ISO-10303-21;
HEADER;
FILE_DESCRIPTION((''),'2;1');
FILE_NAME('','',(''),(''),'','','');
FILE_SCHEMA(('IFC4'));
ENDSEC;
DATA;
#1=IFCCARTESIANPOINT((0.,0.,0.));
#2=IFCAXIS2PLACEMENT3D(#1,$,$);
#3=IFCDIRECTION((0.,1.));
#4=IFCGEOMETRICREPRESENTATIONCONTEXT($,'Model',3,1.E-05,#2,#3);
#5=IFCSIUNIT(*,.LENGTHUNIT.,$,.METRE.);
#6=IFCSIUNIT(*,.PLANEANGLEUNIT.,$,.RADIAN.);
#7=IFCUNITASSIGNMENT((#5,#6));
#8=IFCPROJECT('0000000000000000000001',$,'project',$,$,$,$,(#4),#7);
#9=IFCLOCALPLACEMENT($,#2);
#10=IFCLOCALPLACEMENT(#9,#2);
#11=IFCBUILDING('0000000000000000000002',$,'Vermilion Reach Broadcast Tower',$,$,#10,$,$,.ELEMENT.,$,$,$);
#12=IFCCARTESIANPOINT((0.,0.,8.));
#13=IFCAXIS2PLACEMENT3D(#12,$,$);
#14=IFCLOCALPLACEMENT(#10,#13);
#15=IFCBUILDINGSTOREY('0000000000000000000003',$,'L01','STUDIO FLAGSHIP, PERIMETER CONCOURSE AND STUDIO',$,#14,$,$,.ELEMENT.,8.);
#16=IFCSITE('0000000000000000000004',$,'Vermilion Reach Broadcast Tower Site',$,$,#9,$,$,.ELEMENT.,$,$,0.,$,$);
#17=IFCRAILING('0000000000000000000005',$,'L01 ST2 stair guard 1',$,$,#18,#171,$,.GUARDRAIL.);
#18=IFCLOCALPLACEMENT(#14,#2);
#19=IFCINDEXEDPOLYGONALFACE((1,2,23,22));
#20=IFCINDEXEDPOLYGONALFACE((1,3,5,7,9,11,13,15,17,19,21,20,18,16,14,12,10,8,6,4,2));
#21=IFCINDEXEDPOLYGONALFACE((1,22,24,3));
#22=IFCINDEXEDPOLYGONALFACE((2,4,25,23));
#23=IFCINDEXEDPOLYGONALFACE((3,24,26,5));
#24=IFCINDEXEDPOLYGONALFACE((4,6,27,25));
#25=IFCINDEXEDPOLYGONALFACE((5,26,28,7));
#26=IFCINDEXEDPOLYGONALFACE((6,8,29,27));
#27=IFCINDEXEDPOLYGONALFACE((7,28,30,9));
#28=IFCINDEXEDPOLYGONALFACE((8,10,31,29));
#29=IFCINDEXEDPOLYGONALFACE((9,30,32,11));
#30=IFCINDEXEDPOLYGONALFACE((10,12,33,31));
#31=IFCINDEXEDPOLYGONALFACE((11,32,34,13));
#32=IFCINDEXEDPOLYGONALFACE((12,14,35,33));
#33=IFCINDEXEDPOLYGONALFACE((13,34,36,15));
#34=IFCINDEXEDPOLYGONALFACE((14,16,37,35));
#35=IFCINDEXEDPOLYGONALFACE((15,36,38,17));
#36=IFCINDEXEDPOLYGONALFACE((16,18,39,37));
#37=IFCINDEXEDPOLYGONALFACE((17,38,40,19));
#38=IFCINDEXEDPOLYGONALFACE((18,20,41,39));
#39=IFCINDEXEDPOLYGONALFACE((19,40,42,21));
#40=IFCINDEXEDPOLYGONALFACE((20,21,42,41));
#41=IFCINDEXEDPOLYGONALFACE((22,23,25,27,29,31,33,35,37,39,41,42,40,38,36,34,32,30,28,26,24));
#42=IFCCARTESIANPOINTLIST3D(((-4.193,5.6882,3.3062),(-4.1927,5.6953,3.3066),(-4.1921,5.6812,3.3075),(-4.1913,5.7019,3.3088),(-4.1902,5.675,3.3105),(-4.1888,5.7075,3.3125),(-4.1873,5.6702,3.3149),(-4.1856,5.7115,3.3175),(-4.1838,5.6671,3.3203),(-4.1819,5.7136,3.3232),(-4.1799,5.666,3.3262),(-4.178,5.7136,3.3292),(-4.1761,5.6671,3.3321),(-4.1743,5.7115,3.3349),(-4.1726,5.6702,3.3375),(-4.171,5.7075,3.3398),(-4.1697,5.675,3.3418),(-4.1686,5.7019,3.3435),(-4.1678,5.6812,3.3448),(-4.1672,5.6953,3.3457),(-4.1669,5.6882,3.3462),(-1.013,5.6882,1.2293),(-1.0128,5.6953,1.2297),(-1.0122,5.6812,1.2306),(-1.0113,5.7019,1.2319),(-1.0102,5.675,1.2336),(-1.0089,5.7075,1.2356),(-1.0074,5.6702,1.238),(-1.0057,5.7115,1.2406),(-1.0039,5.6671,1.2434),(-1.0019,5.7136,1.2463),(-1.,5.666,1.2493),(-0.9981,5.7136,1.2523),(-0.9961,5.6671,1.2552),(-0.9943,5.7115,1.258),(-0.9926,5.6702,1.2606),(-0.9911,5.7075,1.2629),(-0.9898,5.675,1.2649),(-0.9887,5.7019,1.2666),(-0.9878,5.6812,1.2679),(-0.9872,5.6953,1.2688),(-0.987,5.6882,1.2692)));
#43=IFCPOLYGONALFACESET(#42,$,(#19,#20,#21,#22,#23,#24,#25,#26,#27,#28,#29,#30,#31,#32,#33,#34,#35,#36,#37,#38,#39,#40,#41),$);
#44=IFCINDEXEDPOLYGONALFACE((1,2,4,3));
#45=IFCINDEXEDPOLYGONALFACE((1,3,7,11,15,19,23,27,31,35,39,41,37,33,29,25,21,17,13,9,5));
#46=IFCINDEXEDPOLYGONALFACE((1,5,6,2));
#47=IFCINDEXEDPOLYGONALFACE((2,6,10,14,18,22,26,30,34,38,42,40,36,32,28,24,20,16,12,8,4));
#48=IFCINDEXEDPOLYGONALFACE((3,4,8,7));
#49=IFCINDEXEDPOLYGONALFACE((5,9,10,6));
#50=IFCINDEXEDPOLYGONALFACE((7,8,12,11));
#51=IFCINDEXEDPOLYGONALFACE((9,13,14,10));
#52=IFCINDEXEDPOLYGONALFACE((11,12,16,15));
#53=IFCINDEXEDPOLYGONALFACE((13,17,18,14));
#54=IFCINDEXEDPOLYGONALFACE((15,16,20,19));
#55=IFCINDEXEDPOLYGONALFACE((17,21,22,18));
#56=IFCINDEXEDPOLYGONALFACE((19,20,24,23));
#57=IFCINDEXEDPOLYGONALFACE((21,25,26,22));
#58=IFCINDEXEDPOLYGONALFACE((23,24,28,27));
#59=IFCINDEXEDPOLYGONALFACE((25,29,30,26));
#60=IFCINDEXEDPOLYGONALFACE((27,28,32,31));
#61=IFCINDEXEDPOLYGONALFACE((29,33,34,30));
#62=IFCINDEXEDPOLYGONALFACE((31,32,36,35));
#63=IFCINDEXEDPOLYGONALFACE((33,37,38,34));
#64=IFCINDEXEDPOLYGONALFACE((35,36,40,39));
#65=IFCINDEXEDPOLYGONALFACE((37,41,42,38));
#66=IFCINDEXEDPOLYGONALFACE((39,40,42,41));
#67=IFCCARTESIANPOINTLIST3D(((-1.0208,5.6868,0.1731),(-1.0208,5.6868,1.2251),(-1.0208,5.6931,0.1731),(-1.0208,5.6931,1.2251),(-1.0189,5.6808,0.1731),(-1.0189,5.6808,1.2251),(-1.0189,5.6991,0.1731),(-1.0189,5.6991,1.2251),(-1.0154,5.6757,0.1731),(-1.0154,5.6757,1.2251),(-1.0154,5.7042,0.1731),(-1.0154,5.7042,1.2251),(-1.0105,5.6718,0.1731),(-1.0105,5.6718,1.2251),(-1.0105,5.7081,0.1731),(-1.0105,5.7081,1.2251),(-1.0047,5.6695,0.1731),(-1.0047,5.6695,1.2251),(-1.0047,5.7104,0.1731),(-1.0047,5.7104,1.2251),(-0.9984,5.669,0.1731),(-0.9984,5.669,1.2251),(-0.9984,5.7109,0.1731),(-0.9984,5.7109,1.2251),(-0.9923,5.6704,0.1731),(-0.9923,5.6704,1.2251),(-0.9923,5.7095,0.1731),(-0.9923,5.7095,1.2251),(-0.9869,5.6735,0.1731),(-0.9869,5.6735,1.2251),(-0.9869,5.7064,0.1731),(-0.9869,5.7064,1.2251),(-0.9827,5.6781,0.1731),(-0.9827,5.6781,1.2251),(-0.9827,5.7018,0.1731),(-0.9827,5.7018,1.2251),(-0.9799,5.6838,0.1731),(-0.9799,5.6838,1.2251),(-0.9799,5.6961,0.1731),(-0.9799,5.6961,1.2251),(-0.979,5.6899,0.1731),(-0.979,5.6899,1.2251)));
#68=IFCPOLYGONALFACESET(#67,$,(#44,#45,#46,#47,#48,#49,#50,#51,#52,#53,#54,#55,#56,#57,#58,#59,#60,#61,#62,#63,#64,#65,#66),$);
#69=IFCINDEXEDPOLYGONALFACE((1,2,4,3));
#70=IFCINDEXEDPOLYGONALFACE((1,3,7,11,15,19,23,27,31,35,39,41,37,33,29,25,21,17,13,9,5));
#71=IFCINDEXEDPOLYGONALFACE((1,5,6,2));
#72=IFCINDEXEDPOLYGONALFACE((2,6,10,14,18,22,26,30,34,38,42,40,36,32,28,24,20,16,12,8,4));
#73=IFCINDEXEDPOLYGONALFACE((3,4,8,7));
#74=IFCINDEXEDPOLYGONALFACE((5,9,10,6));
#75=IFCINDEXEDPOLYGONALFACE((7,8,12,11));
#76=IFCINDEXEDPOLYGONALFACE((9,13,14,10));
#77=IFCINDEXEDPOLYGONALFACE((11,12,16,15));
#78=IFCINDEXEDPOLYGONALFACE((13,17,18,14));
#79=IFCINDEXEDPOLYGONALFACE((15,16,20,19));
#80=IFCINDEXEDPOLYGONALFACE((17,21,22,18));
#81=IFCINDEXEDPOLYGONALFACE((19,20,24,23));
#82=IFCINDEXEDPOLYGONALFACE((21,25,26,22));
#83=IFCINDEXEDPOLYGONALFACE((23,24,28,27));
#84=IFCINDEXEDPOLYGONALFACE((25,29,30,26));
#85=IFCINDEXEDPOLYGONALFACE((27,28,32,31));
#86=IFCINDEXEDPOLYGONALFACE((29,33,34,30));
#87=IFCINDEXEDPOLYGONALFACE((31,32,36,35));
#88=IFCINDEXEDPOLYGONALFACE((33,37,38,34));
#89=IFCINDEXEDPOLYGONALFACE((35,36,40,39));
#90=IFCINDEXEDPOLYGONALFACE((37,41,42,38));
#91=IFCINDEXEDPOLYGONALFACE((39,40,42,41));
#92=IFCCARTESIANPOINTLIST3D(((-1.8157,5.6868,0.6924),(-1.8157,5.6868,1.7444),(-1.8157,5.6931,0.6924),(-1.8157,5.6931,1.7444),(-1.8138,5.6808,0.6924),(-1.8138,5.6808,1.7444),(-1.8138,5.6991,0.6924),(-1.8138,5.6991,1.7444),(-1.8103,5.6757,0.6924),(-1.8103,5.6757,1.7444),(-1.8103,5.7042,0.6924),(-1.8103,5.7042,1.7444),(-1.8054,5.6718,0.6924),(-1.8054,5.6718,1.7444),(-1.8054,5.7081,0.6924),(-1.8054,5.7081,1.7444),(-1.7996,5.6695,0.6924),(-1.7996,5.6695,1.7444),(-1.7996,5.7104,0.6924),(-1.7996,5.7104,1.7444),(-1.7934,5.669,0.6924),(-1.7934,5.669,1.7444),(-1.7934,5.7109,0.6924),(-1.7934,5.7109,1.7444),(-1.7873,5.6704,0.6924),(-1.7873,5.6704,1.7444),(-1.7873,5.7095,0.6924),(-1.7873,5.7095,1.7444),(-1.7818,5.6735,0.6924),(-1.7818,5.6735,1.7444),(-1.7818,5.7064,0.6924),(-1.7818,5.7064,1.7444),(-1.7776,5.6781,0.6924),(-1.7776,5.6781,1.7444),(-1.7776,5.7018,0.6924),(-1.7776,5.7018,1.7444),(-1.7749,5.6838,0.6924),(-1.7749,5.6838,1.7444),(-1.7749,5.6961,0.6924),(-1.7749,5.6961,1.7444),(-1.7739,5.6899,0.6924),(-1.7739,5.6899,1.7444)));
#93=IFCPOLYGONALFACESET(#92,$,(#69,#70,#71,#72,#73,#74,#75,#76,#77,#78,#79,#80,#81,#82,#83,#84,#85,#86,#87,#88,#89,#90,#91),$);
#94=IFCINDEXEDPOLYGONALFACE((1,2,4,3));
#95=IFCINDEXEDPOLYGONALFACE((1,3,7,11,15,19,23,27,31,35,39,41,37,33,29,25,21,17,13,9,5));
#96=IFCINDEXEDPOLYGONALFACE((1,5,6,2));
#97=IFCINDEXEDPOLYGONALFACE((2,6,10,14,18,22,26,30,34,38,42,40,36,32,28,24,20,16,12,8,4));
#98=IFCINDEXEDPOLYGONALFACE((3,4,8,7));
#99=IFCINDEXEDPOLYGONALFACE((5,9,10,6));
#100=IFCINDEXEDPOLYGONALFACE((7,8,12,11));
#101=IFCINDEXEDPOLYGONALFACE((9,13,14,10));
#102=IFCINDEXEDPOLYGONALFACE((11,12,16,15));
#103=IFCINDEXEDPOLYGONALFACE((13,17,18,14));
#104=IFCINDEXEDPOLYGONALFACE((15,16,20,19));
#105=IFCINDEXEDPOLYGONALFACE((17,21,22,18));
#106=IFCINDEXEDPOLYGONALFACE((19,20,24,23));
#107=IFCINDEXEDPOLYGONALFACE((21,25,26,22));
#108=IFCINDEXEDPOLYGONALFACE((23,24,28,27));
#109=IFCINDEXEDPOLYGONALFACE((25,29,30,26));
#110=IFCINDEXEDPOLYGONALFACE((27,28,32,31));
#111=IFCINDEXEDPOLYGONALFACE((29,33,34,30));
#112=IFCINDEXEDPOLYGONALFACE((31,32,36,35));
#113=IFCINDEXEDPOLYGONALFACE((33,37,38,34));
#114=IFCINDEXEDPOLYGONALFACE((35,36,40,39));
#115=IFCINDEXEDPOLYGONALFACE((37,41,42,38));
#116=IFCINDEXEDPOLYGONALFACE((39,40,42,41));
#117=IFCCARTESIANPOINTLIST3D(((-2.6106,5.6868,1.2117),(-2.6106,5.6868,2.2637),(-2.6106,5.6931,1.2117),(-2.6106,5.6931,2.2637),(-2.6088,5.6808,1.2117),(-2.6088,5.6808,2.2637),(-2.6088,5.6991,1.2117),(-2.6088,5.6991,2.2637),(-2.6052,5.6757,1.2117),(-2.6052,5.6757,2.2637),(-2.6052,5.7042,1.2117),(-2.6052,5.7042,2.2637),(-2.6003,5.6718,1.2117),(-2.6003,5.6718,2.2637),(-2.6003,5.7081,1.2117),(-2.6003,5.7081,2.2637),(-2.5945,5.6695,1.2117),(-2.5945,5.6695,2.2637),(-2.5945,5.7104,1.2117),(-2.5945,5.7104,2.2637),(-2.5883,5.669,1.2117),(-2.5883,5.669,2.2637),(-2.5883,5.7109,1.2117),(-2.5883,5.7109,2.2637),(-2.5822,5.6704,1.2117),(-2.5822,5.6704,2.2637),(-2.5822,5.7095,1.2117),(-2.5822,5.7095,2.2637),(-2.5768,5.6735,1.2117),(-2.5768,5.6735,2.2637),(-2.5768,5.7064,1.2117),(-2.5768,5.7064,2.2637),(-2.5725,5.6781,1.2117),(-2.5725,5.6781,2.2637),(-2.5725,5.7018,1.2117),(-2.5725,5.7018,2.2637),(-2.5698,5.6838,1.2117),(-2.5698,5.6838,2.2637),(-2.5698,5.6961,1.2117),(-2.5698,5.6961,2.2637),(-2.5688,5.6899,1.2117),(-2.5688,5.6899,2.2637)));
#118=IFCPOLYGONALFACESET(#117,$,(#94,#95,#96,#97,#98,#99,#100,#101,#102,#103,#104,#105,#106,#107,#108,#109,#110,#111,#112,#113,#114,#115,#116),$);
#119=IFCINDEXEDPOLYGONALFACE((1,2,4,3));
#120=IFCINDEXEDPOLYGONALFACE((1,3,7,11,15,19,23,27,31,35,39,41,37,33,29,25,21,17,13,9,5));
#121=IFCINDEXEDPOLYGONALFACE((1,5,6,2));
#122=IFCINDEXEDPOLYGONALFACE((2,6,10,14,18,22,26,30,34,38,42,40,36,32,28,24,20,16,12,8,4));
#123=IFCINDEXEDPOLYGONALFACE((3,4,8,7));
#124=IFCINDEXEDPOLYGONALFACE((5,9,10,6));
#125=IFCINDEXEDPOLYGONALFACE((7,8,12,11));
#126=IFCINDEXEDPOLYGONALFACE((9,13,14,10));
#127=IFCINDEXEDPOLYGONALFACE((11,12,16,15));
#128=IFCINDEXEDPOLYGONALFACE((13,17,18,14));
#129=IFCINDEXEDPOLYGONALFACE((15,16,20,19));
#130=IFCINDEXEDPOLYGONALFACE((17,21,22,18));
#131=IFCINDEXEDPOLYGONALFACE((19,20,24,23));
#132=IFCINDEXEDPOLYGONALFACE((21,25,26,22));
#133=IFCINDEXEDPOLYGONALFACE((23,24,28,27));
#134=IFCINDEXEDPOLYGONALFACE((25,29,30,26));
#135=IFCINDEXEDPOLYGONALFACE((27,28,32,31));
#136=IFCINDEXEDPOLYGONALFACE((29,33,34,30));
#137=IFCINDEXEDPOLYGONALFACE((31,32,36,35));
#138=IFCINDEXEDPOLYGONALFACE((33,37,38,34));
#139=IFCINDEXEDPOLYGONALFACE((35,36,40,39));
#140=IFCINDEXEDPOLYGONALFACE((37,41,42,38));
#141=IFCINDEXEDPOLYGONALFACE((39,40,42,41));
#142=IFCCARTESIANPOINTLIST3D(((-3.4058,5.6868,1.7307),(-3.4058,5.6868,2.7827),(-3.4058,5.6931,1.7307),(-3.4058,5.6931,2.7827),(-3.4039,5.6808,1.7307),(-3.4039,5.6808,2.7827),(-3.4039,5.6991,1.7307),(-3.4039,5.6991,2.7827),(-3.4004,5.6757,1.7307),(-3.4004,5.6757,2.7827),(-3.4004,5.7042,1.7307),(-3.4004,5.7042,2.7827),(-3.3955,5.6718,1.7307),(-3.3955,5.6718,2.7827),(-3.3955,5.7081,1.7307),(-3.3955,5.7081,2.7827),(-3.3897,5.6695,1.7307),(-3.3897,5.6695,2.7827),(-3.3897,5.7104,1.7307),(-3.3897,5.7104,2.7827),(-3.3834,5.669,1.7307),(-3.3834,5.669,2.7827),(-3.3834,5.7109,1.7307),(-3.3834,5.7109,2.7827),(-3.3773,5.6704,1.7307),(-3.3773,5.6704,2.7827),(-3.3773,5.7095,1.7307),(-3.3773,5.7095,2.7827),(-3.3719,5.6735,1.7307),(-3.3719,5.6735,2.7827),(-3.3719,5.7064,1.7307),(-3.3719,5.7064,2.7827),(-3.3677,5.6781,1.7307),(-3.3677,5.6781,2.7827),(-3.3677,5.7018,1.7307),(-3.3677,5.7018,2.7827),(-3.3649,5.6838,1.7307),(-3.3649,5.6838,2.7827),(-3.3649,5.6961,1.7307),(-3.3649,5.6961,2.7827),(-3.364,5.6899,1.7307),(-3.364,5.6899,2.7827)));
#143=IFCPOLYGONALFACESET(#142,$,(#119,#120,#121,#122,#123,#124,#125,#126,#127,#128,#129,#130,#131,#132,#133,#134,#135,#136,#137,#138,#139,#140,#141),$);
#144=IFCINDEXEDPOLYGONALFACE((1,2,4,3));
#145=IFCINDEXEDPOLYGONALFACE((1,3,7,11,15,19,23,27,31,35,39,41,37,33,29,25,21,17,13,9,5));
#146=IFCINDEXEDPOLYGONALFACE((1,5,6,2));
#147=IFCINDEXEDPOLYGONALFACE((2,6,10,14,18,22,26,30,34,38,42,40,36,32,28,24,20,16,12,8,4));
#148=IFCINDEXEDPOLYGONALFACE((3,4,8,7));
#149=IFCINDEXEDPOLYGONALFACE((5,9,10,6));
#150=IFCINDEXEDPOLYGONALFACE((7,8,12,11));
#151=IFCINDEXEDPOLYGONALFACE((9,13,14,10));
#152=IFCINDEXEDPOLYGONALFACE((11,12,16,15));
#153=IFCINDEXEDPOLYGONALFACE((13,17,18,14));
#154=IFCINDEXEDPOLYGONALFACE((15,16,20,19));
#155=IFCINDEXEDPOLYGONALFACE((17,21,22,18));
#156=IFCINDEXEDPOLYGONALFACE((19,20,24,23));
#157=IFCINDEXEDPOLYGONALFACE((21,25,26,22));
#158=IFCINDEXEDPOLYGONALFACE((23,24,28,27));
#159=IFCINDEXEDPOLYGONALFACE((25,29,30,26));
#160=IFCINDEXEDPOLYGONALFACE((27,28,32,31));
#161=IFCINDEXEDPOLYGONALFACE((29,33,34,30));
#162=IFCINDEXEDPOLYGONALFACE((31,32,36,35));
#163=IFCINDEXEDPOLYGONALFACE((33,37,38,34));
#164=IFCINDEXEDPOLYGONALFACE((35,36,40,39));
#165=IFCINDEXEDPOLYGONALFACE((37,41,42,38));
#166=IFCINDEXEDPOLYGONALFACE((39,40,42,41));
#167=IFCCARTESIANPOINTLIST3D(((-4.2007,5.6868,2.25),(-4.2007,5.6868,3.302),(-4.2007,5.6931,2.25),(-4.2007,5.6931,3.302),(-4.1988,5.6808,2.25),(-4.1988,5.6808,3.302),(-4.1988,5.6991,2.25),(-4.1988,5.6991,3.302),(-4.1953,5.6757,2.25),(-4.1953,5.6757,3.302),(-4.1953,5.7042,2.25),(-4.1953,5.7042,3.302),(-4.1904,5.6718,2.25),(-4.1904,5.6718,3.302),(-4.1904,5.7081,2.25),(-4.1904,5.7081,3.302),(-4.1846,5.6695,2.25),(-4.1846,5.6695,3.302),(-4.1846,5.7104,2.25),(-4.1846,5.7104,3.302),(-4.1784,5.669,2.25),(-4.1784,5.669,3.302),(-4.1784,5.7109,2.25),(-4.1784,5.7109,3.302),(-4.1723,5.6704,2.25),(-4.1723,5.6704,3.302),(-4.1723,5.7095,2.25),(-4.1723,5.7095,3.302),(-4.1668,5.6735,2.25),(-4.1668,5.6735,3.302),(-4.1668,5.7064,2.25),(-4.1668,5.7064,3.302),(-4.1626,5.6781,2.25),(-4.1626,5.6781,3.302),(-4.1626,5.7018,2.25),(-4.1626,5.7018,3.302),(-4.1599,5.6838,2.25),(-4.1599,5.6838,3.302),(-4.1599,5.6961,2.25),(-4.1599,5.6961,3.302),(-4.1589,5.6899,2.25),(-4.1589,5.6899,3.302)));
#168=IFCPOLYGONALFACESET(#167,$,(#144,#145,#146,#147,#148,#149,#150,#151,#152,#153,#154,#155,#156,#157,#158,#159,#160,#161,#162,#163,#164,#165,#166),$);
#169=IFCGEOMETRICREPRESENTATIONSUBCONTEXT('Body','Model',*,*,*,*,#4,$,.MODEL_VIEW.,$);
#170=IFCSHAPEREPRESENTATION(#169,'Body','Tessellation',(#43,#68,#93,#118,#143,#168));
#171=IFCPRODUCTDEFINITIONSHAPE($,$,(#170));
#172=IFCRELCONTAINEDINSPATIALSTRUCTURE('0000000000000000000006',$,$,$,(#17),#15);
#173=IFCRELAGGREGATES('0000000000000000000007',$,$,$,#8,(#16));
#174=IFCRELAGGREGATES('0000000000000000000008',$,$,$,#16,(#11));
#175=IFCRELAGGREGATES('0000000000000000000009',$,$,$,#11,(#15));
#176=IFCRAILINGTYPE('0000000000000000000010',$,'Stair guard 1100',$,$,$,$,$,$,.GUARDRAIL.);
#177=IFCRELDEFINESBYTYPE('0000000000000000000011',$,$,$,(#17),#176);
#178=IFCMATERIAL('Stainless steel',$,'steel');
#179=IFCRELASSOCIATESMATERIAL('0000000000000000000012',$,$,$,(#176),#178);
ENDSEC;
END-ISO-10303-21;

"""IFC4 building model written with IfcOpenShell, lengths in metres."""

from ifc_helpers import new_model, si_unit, direction, frame, origin, origin_2d, place, context, subcontext, project, spatial, circle, extrude, material, type_object, element, save


model = new_model("IFC4")

# Units and contexts
model_context = context("Model", 3, precision=1e-05, world=origin(), true_north=direction((0.0, 1.0)))
body_context = subcontext(model_context, "Body", "Model", "MODEL_VIEW")
ifc_project = project(units=[si_unit("LENGTHUNIT", "METRE"), si_unit("PLANEANGLEUNIT", "RADIAN")], contexts=[model_context])

# Site, building, storey
site_placement = place(None, origin())
site = spatial("IfcSite", under=ifc_project, at=site_placement, Name="Vermilion Reach Broadcast Tower Site", CompositionType="ELEMENT", RefElevation=0.0)
building_placement = place(site_placement, origin())
building = spatial("IfcBuilding", under=site, at=building_placement, Name="Vermilion Reach Broadcast Tower", CompositionType="ELEMENT")
storey_placement = place(building_placement, frame((0.0, 0.0, 8.0)))
storey = spatial("IfcBuildingStorey", under=building, at=storey_placement, Name="L01", Description="STUDIO FLAGSHIP, PERIMETER CONCOURSE AND STUDIO", CompositionType="ELEMENT", Elevation=8.0)

# Railing
ifc_material_1 = material(Name="Stainless steel", Category="steel")
railing_type_1 = type_object("IfcRailingType", Name="Stair guard 1100", PredefinedType="GUARDRAIL", material=ifc_material_1)
for number, where, name in (
    (1, (-1.0, 5.6899, 0.1731), "L01 ST2 stair guard 1"),
):
    element("IfcRailing", number, at=place(storey_placement, frame(where)), inside=storey, type_object=railing_type_1, Name=name, PredefinedType="GUARDRAIL", context=body_context, shape_type="SweptSolid", body=[
        extrude(circle(Radius=0.0239, at=origin_2d()), frame((0.0, 0.0, 1.0762), z_axis=(-0.837245, 0.0, 0.546828), x_axis=(0.0, -1.0, 0.0)), (0.0, 0.0, 1.0), 3.7981),
        extrude(circle(Radius=0.021, at=origin_2d()), origin(), (0.0, 0.0, 1.0), 1.052),
        extrude(circle(Radius=0.021, at=origin_2d()), frame((-0.7949, 0.0, 0.5193)), (0.0, 0.0, 1.0), 1.052),
        extrude(circle(Radius=0.021, at=origin_2d()), frame((-1.5898, 0.0, 1.0386)), (0.0, 0.0, 1.0), 1.052),
        extrude(circle(Radius=0.021, at=origin_2d()), frame((-2.385, 0.0, 1.5576)), (0.0, 0.0, 1.0), 1.052),
        extrude(circle(Radius=0.021, at=origin_2d()), frame((-3.1799, 0.0, 2.0769)), (0.0, 0.0, 1.0), 1.052),
    ])

save(model, "model.ifc")
